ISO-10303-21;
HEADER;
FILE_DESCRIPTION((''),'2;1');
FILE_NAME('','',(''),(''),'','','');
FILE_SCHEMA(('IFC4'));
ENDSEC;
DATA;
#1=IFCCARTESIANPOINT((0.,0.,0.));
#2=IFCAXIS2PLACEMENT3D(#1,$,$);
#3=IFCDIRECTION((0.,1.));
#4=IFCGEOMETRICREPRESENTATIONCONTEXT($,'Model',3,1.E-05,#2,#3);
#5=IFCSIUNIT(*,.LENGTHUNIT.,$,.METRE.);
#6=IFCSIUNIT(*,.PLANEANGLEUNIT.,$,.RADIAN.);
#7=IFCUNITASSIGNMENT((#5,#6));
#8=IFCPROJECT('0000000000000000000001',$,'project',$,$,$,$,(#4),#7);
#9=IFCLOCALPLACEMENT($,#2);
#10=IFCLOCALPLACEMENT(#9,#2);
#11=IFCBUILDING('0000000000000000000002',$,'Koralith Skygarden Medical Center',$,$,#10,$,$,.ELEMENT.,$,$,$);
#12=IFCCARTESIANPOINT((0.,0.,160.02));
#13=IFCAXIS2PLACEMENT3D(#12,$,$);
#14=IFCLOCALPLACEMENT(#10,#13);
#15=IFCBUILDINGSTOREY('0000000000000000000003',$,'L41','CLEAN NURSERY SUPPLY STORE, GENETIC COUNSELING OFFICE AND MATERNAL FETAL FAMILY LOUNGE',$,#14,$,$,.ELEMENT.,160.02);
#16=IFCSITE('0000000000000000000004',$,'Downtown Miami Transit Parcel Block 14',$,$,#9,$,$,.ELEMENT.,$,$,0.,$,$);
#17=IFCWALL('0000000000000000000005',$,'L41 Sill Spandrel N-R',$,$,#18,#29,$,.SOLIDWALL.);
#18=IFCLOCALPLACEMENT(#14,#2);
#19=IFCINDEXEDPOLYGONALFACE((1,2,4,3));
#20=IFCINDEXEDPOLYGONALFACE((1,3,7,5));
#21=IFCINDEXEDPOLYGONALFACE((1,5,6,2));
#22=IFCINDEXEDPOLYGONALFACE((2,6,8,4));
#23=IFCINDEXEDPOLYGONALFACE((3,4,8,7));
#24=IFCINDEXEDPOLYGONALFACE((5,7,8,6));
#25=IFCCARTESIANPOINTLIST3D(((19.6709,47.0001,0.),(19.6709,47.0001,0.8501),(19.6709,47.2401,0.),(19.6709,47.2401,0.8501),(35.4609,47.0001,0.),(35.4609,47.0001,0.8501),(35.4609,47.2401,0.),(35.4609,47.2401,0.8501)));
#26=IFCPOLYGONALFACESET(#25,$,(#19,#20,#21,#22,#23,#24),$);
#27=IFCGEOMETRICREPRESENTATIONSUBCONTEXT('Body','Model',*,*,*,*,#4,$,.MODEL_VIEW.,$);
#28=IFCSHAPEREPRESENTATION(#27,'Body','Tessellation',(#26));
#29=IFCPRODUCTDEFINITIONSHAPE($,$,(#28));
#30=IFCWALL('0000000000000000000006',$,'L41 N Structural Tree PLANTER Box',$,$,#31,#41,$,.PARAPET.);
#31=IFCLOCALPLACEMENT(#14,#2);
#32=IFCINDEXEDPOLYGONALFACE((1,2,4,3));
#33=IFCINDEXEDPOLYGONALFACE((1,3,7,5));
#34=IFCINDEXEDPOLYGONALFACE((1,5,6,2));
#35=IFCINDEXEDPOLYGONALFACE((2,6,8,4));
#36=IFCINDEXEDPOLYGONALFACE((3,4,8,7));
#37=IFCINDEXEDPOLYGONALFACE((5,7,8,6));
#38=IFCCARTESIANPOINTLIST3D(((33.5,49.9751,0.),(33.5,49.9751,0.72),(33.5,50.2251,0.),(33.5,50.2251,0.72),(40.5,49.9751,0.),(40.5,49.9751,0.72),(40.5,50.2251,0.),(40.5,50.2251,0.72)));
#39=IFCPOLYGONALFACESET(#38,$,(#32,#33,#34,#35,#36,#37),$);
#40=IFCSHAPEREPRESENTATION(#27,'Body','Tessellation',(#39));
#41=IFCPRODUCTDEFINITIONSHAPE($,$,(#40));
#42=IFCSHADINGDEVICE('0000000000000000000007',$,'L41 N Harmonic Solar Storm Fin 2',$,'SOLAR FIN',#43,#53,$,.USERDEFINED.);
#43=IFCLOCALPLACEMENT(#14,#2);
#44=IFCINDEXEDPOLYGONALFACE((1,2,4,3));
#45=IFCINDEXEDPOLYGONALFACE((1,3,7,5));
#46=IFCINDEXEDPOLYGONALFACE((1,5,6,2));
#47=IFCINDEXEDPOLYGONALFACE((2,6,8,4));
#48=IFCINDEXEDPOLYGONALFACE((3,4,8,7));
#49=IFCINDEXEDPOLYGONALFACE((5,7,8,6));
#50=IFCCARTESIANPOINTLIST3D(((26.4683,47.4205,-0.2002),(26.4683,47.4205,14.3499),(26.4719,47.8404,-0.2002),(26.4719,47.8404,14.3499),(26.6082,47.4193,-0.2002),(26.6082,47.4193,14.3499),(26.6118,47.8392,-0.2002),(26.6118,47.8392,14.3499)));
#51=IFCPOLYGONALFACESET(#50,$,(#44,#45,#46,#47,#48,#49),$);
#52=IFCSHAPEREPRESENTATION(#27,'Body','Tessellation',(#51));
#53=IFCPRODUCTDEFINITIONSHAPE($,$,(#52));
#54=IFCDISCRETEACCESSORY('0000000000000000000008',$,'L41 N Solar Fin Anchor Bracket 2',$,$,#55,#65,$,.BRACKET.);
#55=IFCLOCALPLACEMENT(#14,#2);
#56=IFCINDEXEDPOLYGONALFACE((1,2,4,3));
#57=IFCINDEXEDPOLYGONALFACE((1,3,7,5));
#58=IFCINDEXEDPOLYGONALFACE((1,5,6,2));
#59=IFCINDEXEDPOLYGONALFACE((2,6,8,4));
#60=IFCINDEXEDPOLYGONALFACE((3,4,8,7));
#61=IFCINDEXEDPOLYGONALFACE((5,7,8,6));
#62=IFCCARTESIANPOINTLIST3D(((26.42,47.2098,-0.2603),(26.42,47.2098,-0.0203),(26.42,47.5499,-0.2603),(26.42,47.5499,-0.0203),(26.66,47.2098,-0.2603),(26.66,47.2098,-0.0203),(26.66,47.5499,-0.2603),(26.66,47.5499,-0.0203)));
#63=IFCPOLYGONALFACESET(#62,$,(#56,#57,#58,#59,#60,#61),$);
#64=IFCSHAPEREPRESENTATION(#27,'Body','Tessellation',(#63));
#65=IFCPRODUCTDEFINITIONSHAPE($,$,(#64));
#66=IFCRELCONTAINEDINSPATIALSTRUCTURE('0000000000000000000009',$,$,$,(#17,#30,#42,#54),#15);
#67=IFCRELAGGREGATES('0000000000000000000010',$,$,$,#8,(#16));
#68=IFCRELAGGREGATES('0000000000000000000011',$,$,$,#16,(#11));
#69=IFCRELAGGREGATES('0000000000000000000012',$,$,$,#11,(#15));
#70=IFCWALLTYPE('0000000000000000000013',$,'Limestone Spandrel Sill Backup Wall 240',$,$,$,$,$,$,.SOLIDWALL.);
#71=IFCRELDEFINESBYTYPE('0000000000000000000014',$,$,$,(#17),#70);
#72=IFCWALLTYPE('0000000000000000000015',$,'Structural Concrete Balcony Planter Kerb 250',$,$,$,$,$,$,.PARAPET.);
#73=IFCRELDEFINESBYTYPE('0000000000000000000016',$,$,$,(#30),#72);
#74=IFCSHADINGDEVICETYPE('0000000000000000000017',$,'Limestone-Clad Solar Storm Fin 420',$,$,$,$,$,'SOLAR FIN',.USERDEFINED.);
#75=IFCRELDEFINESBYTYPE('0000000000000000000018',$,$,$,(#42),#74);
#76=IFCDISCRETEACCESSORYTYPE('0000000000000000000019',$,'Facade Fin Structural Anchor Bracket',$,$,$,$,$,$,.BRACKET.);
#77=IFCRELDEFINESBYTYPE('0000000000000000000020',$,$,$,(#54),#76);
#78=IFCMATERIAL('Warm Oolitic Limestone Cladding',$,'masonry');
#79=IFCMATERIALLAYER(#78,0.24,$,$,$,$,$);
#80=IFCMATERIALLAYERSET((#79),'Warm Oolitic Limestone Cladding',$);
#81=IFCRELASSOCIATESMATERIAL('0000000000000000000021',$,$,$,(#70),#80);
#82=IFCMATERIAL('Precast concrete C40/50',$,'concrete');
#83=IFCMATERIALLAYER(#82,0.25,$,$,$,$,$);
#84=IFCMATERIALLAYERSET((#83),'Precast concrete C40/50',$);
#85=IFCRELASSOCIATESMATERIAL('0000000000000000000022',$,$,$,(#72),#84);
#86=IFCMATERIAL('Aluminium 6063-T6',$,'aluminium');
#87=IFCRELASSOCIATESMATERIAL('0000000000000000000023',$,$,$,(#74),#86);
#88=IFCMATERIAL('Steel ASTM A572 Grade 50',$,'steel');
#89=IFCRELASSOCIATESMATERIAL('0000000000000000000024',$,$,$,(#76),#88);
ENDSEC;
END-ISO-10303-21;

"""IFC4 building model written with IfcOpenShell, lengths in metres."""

from ifc_helpers import new_model, si_unit, direction, frame, frame_2d, origin, origin_2d, place, context, subcontext, project, spatial, rectangle, extrude, material, layer, layer_set, type_object, element, save


model = new_model("IFC4")

# Units and contexts
model_context = context("Model", 3, precision=1e-05, world=origin(), true_north=direction((0.0, 1.0)))
body_context = subcontext(model_context, "Body", "Model", "MODEL_VIEW")
ifc_project = project(units=[si_unit("LENGTHUNIT", "METRE"), si_unit("PLANEANGLEUNIT", "RADIAN")], contexts=[model_context])

# Site, building, storey
site_placement = place(None, origin())
site = spatial("IfcSite", under=ifc_project, at=site_placement, Name="Downtown Miami Transit Parcel Block 14", CompositionType="ELEMENT", RefElevation=0.0)
building_placement = place(site_placement, origin())
building = spatial("IfcBuilding", under=site, at=building_placement, Name="Koralith Skygarden Medical Center", CompositionType="ELEMENT")
storey_placement = place(building_placement, frame((0.0, 0.0, 160.02)))
storey = spatial("IfcBuildingStorey", under=building, at=storey_placement, Name="L41", Description="CLEAN NURSERY SUPPLY STORE, GENETIC COUNSELING OFFICE AND MATERNAL FETAL FAMILY LOUNGE", CompositionType="ELEMENT", Elevation=160.02)

# Shared definitions
ifc_material_1 = material(Name="Aluminium 6063-T6", Category="aluminium")

# Walls
ifc_material_2 = material(Name="Warm Oolitic Limestone Cladding", Category="masonry")
ifc_layer_1 = layer(ifc_material_2, 0.24)
ifc_layer_set_1 = layer_set([ifc_layer_1], Name="Warm Oolitic Limestone Cladding")
wall_type_1 = type_object("IfcWallType", Name="Limestone Spandrel Sill Backup Wall 240", PredefinedType="SOLIDWALL", material=ifc_layer_set_1)
wall_1_placement = place(storey_placement, frame((35.4609, 47.1201, 0.0), z_axis=(0.0, 0.0, 1.0), x_axis=(-1.0, 0.0, 0.0)))
element("IfcWall", 1, at=wall_1_placement, inside=storey, type_object=wall_type_1, Name="L41 Sill Spandrel N-R", PredefinedType="SOLIDWALL", context=body_context, shape_type="SweptSolid", body=[
    extrude(rectangle(XDim=15.79, YDim=0.24, at=frame_2d((7.895, 0.0))), origin(), (0.0, 0.0, 1.0), 0.8501),
])
ifc_material_3 = material(Name="Precast concrete C40/50", Category="concrete")
ifc_layer_2 = layer(ifc_material_3, 0.25)
ifc_layer_set_2 = layer_set([ifc_layer_2], Name="Precast concrete C40/50")
wall_type_2 = type_object("IfcWallType", Name="Structural Concrete Balcony Planter Kerb 250", PredefinedType="PARAPET", material=ifc_layer_set_2)
wall_2_placement = place(storey_placement, frame((33.5, 50.1001, 0.0), z_axis=(0.0, 0.0, 1.0), x_axis=(1.0, 0.0, 0.0)))
element("IfcWall", 2, at=wall_2_placement, inside=storey, type_object=wall_type_2, Name="L41 N Structural Tree PLANTER Box", PredefinedType="PARAPET", context=body_context, shape_type="SweptSolid", body=[
    extrude(rectangle(XDim=7.0, YDim=0.25, at=frame_2d((3.5, 0.0))), origin(), (0.0, 0.0, 1.0), 0.72),
])

# Shading device
shading_device_type = type_object("IfcShadingDeviceType", Name="Limestone-Clad Solar Storm Fin 420", ElementType="SOLAR FIN", PredefinedType="USERDEFINED", material=ifc_material_1)
shading_device_placement = place(storey_placement, frame((26.54, 47.6299, -0.2002), z_axis=(0.0, 0.0, 1.0), x_axis=(0.00843, 0.999964, 0.0)))
element("IfcShadingDevice", 3, at=shading_device_placement, inside=storey, type_object=shading_device_type, Name="L41 N Harmonic Solar Storm Fin 2", ObjectType="SOLAR FIN", PredefinedType="USERDEFINED", context=body_context, shape_type="SweptSolid", body=[
    extrude(rectangle(XDim=0.4199, YDim=0.1399, at=origin_2d()), origin(), (0.0, 0.0, 1.0), 14.55),
])

# Discrete accessory
ifc_material_4 = material(Name="Steel ASTM A572 Grade 50", Category="steel")
discrete_accessory_type = type_object("IfcDiscreteAccessoryType", Name="Facade Fin Structural Anchor Bracket", PredefinedType="BRACKET", material=ifc_material_4)
discrete_accessory_placement = place(storey_placement, frame((26.54, 47.3799, -0.2603), z_axis=(0.0, 0.0, 1.0), x_axis=(0.0, 1.0, 0.0)))
element("IfcDiscreteAccessory", 4, at=discrete_accessory_placement, inside=storey, type_object=discrete_accessory_type, Name="L41 N Solar Fin Anchor Bracket 2", PredefinedType="BRACKET", context=body_context, shape_type="SweptSolid", body=[
    extrude(rectangle(XDim=0.3401, YDim=0.24, at=origin_2d()), origin(), (0.0, 0.0, 1.0), 0.24),
])

save(model, "model.ifc")
